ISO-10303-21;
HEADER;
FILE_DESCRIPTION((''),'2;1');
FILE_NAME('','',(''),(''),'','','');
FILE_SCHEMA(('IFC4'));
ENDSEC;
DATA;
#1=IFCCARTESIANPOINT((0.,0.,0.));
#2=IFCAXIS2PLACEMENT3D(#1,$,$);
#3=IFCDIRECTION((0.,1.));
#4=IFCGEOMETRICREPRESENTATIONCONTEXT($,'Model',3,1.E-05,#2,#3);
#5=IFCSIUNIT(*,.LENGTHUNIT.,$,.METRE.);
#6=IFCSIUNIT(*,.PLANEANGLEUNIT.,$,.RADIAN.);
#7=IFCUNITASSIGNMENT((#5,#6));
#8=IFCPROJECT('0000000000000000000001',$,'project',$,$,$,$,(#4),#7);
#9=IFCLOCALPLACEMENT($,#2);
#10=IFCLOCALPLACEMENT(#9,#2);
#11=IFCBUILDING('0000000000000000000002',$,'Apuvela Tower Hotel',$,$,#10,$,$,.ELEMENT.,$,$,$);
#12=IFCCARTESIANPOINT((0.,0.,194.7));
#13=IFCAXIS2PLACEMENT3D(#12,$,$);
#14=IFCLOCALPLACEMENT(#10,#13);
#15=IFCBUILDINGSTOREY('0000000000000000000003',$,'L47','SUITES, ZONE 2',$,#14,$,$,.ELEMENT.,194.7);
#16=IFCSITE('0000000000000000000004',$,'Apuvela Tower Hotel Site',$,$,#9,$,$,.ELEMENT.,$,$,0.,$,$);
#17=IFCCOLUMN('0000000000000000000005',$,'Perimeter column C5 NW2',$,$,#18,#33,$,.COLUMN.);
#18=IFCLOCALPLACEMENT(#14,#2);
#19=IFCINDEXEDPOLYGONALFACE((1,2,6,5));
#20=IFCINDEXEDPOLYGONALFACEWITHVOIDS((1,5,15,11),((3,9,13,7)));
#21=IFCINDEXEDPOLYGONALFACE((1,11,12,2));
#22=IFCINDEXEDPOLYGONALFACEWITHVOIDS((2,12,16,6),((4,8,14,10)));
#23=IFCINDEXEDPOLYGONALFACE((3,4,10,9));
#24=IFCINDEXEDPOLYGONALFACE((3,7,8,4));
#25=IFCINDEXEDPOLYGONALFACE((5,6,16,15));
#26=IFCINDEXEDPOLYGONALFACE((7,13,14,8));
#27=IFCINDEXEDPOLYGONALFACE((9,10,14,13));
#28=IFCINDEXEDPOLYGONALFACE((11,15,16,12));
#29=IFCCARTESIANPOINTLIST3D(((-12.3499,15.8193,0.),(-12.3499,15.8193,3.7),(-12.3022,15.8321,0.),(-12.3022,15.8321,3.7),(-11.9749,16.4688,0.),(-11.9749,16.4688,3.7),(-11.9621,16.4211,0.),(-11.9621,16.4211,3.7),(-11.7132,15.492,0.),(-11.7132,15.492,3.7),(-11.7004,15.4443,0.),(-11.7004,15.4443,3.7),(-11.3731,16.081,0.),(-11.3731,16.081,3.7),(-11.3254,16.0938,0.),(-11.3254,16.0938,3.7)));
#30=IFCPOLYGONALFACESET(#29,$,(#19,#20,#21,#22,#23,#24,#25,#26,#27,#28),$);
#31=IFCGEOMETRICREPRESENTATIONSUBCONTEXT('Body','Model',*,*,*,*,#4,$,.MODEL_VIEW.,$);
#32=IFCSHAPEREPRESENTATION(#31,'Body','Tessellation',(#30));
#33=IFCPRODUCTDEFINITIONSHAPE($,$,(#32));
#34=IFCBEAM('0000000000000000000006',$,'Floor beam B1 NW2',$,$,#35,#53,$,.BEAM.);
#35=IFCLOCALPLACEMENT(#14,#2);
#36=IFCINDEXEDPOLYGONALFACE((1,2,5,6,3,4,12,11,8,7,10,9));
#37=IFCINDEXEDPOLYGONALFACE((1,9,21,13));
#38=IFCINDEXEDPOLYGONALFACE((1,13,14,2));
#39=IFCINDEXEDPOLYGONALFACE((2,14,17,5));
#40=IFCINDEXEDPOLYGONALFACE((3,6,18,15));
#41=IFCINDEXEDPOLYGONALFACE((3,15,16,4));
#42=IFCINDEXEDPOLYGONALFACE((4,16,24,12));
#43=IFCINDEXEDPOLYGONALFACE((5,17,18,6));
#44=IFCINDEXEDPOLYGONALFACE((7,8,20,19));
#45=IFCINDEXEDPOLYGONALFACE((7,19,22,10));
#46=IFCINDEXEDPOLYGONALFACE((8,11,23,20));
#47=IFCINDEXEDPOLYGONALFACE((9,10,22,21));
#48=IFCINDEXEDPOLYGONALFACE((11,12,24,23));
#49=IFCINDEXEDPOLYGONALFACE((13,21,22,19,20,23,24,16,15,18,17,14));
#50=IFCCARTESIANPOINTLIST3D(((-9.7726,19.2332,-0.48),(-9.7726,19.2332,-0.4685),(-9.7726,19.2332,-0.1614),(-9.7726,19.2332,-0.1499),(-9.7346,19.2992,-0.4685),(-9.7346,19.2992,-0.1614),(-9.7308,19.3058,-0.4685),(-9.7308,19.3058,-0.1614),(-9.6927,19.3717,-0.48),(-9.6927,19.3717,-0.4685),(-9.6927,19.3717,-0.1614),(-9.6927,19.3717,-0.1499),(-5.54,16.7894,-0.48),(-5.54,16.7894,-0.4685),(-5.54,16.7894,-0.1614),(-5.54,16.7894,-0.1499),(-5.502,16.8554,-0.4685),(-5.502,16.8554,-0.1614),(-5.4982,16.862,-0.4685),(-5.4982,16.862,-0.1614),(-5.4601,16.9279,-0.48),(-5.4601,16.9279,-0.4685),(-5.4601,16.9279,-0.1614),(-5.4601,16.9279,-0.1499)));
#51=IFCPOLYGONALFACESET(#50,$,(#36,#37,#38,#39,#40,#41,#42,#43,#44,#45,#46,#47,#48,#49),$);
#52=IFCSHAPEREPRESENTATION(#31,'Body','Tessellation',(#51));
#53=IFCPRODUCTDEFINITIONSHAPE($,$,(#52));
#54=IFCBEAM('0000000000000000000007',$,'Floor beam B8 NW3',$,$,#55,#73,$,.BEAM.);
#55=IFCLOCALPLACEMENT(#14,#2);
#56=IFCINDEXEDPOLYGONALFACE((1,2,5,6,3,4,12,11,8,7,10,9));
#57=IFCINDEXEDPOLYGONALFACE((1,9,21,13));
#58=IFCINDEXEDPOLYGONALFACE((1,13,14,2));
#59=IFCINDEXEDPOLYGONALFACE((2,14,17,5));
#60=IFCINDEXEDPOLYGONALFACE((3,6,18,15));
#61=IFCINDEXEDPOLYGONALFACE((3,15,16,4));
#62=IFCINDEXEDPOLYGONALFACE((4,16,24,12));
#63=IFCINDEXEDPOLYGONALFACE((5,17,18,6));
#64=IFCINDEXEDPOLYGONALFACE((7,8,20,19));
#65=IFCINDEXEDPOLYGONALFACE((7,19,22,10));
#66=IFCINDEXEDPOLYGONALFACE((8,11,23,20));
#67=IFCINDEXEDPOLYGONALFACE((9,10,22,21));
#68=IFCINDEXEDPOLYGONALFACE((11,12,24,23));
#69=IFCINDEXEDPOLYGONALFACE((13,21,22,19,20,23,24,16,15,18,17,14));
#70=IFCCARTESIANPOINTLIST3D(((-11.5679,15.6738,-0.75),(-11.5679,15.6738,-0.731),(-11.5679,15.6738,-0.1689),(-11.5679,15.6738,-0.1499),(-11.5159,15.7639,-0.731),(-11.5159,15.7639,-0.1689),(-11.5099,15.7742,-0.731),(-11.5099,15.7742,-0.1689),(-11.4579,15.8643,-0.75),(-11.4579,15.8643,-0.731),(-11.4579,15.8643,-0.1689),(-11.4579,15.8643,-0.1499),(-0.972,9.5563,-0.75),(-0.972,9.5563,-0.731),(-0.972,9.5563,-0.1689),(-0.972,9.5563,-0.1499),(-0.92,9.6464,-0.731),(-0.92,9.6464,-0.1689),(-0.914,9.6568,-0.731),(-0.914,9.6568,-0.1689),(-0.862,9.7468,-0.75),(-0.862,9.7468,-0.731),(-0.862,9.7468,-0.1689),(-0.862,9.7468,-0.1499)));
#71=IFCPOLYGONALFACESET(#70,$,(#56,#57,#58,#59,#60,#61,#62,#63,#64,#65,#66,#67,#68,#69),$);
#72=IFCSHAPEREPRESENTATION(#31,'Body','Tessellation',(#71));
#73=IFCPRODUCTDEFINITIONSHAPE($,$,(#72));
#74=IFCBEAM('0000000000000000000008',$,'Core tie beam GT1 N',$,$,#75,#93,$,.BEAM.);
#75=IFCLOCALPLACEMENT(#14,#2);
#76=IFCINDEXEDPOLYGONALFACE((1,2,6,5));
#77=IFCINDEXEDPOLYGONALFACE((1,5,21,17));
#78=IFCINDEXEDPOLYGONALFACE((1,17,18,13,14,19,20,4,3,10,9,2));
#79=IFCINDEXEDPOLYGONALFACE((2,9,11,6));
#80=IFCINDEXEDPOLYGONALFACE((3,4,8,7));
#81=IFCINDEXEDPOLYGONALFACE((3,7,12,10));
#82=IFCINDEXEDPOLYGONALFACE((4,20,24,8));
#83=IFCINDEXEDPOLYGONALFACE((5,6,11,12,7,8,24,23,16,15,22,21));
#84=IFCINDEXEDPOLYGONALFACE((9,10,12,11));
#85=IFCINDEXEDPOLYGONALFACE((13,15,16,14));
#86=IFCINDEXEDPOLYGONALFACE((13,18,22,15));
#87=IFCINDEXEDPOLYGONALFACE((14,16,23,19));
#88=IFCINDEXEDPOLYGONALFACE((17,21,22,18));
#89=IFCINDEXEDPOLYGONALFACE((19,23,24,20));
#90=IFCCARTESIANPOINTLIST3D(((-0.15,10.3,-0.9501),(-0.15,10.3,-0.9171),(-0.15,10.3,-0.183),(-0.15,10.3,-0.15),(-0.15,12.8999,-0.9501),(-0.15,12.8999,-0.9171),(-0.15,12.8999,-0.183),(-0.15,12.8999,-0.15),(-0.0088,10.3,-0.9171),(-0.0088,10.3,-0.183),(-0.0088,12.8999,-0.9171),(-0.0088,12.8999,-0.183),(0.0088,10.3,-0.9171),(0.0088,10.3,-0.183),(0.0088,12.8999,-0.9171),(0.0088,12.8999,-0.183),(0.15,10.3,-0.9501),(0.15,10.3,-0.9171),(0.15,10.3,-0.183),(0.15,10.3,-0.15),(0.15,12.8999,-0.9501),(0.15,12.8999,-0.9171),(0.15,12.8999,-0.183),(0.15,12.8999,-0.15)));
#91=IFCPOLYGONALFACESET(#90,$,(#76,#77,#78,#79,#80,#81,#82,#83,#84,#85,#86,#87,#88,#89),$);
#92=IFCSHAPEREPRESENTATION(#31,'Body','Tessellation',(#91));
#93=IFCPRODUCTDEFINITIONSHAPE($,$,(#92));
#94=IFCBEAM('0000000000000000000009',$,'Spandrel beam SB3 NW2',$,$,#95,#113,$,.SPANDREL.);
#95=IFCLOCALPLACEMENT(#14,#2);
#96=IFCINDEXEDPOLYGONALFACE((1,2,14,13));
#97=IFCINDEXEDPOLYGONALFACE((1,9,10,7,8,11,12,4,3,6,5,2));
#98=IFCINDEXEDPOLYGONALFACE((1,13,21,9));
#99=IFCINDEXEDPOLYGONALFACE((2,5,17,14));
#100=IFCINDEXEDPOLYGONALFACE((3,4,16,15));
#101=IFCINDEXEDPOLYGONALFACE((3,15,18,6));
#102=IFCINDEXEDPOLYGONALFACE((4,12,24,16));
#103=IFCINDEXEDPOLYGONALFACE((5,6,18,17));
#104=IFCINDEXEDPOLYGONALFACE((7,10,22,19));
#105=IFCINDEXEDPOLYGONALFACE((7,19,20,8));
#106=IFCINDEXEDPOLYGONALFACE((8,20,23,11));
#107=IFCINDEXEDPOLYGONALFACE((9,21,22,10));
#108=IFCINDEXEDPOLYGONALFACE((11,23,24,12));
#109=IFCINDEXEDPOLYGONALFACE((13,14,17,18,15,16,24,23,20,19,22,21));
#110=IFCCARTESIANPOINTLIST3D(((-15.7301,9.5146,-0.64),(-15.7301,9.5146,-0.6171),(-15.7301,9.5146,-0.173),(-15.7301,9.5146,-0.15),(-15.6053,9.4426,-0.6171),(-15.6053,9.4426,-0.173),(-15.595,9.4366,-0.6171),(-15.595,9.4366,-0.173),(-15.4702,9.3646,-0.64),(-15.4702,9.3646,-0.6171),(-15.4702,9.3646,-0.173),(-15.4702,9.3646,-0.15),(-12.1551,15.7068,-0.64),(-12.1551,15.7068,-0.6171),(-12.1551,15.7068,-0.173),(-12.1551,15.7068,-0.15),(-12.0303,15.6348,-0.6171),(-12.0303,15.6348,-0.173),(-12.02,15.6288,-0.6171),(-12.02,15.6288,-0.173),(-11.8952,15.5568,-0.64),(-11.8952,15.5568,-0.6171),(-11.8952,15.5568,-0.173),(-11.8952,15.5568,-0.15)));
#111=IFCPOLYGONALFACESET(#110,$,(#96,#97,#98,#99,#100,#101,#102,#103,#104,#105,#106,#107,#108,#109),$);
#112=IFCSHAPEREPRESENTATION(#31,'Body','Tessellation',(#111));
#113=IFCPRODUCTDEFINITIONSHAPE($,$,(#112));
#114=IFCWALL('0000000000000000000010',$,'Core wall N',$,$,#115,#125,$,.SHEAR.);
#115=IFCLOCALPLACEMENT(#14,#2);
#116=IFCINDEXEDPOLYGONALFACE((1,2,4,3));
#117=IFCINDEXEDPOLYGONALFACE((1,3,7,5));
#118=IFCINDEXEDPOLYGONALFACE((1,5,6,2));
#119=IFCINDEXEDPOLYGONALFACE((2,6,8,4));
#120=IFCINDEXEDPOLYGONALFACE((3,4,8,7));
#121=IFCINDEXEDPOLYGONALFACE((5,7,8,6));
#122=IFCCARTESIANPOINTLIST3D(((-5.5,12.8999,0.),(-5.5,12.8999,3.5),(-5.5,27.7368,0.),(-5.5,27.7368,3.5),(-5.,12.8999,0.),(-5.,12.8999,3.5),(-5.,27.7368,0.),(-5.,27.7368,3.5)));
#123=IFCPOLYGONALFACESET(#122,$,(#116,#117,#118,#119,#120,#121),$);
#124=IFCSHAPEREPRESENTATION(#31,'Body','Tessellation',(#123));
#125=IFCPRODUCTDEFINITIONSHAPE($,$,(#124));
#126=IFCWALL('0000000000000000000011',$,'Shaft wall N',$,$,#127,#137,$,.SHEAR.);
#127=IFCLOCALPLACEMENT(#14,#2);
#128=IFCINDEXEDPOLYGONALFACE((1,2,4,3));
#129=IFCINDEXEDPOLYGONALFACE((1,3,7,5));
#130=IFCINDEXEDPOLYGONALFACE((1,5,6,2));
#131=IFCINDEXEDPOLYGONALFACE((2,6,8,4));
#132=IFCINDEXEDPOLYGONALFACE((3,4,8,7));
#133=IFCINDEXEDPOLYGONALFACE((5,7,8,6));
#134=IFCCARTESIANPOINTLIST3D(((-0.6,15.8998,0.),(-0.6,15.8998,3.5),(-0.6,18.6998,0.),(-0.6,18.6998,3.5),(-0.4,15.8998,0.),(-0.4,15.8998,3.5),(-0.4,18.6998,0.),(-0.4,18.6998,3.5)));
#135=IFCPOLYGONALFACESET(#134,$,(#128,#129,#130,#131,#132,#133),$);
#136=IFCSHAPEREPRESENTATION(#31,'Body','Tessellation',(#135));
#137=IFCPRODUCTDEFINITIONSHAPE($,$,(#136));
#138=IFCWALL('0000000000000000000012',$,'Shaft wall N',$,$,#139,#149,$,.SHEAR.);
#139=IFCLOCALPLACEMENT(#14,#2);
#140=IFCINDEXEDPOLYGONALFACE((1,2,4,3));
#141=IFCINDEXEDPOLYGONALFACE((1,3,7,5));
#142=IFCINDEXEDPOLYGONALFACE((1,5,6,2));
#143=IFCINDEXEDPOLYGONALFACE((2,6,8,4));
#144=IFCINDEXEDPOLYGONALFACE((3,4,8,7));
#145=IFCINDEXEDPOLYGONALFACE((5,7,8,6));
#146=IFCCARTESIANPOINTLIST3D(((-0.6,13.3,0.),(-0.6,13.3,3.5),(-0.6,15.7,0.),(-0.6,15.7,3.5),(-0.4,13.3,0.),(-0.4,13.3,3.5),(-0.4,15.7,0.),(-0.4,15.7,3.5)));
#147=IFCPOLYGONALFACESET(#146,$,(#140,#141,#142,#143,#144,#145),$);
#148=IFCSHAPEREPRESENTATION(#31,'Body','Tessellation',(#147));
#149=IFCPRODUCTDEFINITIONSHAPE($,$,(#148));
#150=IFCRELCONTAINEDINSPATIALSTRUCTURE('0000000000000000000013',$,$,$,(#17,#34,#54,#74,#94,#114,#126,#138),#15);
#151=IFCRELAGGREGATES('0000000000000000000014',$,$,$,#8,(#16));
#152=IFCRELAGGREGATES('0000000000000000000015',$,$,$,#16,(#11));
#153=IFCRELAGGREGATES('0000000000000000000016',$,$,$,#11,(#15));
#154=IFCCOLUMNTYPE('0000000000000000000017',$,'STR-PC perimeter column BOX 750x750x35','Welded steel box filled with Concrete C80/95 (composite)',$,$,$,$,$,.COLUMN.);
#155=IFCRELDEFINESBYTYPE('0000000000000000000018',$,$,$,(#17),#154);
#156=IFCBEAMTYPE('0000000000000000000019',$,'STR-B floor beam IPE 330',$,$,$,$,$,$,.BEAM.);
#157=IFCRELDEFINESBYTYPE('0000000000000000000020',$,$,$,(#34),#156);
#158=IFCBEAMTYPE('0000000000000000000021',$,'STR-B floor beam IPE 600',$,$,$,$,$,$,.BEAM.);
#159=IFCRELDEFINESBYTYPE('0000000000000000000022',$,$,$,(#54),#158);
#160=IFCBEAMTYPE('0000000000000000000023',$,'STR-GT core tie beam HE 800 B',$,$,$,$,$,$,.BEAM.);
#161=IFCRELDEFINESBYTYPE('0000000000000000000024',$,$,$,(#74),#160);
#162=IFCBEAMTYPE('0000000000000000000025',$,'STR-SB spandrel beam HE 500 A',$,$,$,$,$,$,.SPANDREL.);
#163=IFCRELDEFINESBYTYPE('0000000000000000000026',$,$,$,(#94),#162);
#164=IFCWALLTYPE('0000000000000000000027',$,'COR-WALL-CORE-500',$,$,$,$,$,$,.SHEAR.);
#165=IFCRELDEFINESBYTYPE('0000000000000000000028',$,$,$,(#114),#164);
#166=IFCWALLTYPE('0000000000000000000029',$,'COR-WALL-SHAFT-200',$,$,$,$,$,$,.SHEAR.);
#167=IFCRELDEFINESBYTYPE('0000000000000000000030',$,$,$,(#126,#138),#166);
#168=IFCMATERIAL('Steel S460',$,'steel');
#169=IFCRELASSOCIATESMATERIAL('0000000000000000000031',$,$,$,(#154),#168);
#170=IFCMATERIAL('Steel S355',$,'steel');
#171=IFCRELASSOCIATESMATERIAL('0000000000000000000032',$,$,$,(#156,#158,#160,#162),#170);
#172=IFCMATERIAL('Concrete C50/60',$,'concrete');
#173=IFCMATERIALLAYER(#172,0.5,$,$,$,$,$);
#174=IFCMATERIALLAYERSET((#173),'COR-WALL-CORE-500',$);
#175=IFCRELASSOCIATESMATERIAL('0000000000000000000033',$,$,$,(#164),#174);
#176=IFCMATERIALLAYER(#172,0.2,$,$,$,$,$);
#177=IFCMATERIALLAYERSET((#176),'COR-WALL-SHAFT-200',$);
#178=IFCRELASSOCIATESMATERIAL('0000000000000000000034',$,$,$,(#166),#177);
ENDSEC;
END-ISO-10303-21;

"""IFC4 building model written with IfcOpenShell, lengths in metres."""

from ifc_helpers import new_model, si_unit, direction, frame, frame_2d, origin, origin_2d, place, context, subcontext, project, spatial, rectangle, hollow_rectangle, i_section, extrude, material, layer, layer_set, material_profile, profile_set, type_object, element, save


model = new_model("IFC4")

# Units and contexts
model_context = context("Model", 3, precision=1e-05, world=origin(), true_north=direction((0.0, 1.0)))
body_context = subcontext(model_context, "Body", "Model", "MODEL_VIEW")
ifc_project = project(units=[si_unit("LENGTHUNIT", "METRE"), si_unit("PLANEANGLEUNIT", "RADIAN")], contexts=[model_context])

# Site, building, storey
site_placement = place(None, origin())
site = spatial("IfcSite", under=ifc_project, at=site_placement, Name="Apuvela Tower Hotel Site", CompositionType="ELEMENT", RefElevation=0.0)
building_placement = place(site_placement, origin())
building = spatial("IfcBuilding", under=site, at=building_placement, Name="Apuvela Tower Hotel", CompositionType="ELEMENT")
storey_placement = place(building_placement, frame((0.0, 0.0, 194.7)))
storey = spatial("IfcBuildingStorey", under=building, at=storey_placement, Name="L47", Description="SUITES, ZONE 2", CompositionType="ELEMENT", Elevation=194.7)

# Column
ifc_material_1 = material(Name="Steel S460", Category="steel")
ifc_material_profile_1 = material_profile(ifc_material_1, hollow_rectangle(XDim=0.75, YDim=0.75, WallThickness=0.0349, at=origin_2d()), Name="BOX 750x750x35")
ifc_material_2 = material(Name="Concrete C80/95", Category="concrete")
ifc_material_profile_2 = material_profile(ifc_material_2, rectangle(XDim=0.6799, YDim=0.6799, at=origin_2d()), Name="Concrete C80/95 infill")
ifc_profile_set_1 = profile_set([ifc_material_profile_1, ifc_material_profile_2], Name="Steel S460")
column_type = type_object("IfcColumnType", Name="STR-PC perimeter column BOX 750x750x35", Description="Welded steel box filled with Concrete C80/95 (composite)", PredefinedType="COLUMN", material=ifc_profile_set_1)
column_placement = place(storey_placement, frame((-11.8376, 15.9565, 0.0), z_axis=(0.0, 0.0, 1.0), x_axis=(0.5, 0.866025, 0.0)))
element("IfcColumn", 1, at=column_placement, inside=storey, type_object=column_type, Name="Perimeter column C5 NW2", PredefinedType="COLUMN", context=body_context, shape_type="SweptSolid", body=[
    extrude(hollow_rectangle(XDim=0.75, YDim=0.75, WallThickness=0.0349, at=origin_2d()), origin(), (0.0, 0.0, 1.0), 3.7),
])

# Beams
ifc_material_3 = material(Name="Steel S355", Category="steel")
ifc_material_profile_3 = material_profile(ifc_material_3, i_section(OverallWidth=0.1599, OverallDepth=0.3301, WebThickness=0.0076, FlangeThickness=0.0115, at=origin_2d()), Name="IPE 330")
ifc_profile_set_2 = profile_set([ifc_material_profile_3], Name="Steel S355")
beam_type_1 = type_object("IfcBeamType", Name="STR-B floor beam IPE 330", PredefinedType="BEAM", material=ifc_profile_set_2)
beam_1_placement = place(storey_placement, frame((-9.7327, 19.3025, -0.3149), z_axis=(0.866015, -0.500018, 0.0), x_axis=(0.500018, 0.866015, 0.0)))
element("IfcBeam", 2, at=beam_1_placement, inside=storey, type_object=beam_type_1, Name="Floor beam B1 NW2", PredefinedType="BEAM", context=body_context, shape_type="SweptSolid", body=[
    extrude(i_section(OverallWidth=0.1599, OverallDepth=0.3301, WebThickness=0.0076, FlangeThickness=0.0115, at=origin_2d()), origin(), (0.0, 0.0, 1.0), 4.8875),
])
ifc_material_profile_4 = material_profile(ifc_material_3, i_section(OverallWidth=0.22, OverallDepth=0.6001, WebThickness=0.012, FlangeThickness=0.019, at=origin_2d()), Name="IPE 600")
ifc_profile_set_3 = profile_set([ifc_material_profile_4], Name="Steel S355")
beam_type_2 = type_object("IfcBeamType", Name="STR-B floor beam IPE 600", PredefinedType="BEAM", material=ifc_profile_set_3)
beam_2_placement = place(storey_placement, frame((-11.5129, 15.769, -0.45), z_axis=(0.86603, -0.499991, 0.0), x_axis=(0.499991, 0.86603, 0.0)))
element("IfcBeam", 3, at=beam_2_placement, inside=storey, type_object=beam_type_2, Name="Floor beam B8 NW3", PredefinedType="BEAM", context=body_context, shape_type="SweptSolid", body=[
    extrude(i_section(OverallWidth=0.22, OverallDepth=0.6001, WebThickness=0.012, FlangeThickness=0.019, at=origin_2d()), origin(), (0.0, 0.0, 1.0), 12.2351),
])
ifc_material_profile_5 = material_profile(ifc_material_3, i_section(OverallWidth=0.3, OverallDepth=0.8, WebThickness=0.0176, FlangeThickness=0.033, at=origin_2d()), Name="HE 800 B")
ifc_profile_set_4 = profile_set([ifc_material_profile_5], Name="Steel S355")
beam_type_3 = type_object("IfcBeamType", Name="STR-GT core tie beam HE 800 B", PredefinedType="BEAM", material=ifc_profile_set_4)
beam_3_placement = place(storey_placement, frame((0.0, 12.8999, -0.55), z_axis=(0.0, -1.0, 0.0), x_axis=(1.0, 0.0, 0.0)))
element("IfcBeam", 4, at=beam_3_placement, inside=storey, type_object=beam_type_3, Name="Core tie beam GT1 N", PredefinedType="BEAM", context=body_context, shape_type="SweptSolid", body=[
    extrude(i_section(OverallWidth=0.3, OverallDepth=0.8, WebThickness=0.0176, FlangeThickness=0.033, at=origin_2d()), origin(), (0.0, 0.0, 1.0), 2.5999),
])
ifc_material_profile_6 = material_profile(ifc_material_3, i_section(OverallWidth=0.3, OverallDepth=0.49, WebThickness=0.012, FlangeThickness=0.0229, at=origin_2d()), Name="HE 500 A")
ifc_profile_set_5 = profile_set([ifc_material_profile_6], Name="Steel S355")
beam_type_4 = type_object("IfcBeamType", Name="STR-SB spandrel beam HE 500 A", PredefinedType="SPANDREL", material=ifc_profile_set_5)
beam_4_placement = place(storey_placement, frame((-12.0251, 15.6318, -0.395), z_axis=(-0.499991, -0.86603, 0.0), x_axis=(0.86603, -0.499991, 0.0)))
element("IfcBeam", 5, at=beam_4_placement, inside=storey, type_object=beam_type_4, Name="Spandrel beam SB3 NW2", PredefinedType="SPANDREL", context=body_context, shape_type="SweptSolid", body=[
    extrude(i_section(OverallWidth=0.3, OverallDepth=0.49, WebThickness=0.012, FlangeThickness=0.0229, at=origin_2d()), origin(), (0.0, 0.0, 1.0), 7.1501),
])

# Walls
ifc_material_4 = material(Name="Concrete C50/60", Category="concrete")
ifc_layer_1 = layer(ifc_material_4, 0.5)
ifc_layer_set_1 = layer_set([ifc_layer_1], Name="COR-WALL-CORE-500")
wall_type_1 = type_object("IfcWallType", Name="COR-WALL-CORE-500", PredefinedType="SHEAR", material=ifc_layer_set_1)
wall_1_placement = place(storey_placement, frame((-5.25, 12.8999, 0.0), z_axis=(0.0, 0.0, 1.0), x_axis=(0.0, 1.0, 0.0)))
element("IfcWall", 6, at=wall_1_placement, inside=storey, type_object=wall_type_1, Name="Core wall N", PredefinedType="SHEAR", context=body_context, shape_type="SweptSolid", body=[
    extrude(rectangle(XDim=14.8369, YDim=0.5, at=frame_2d((7.4185, 0.0))), origin(), (0.0, 0.0, 1.0), 3.5),
])
ifc_layer_2 = layer(ifc_material_4, 0.2)
ifc_layer_set_2 = layer_set([ifc_layer_2], Name="COR-WALL-SHAFT-200")
wall_type_2 = type_object("IfcWallType", Name="COR-WALL-SHAFT-200", PredefinedType="SHEAR", material=ifc_layer_set_2)
wall_2_placement = place(storey_placement, frame((-0.5, 15.8999, 0.0), z_axis=(0.0, 0.0, 1.0), x_axis=(0.0, 1.0, 0.0)))
element("IfcWall", 7, at=wall_2_placement, inside=storey, type_object=wall_type_2, Name="Shaft wall N", PredefinedType="SHEAR", context=body_context, shape_type="SweptSolid", body=[
    extrude(rectangle(XDim=2.8, YDim=0.2, at=frame_2d((1.3999, 0.0))), origin(), (0.0, 0.0, 1.0), 3.5),
])
wall_3_placement = place(storey_placement, frame((-0.5, 13.3, 0.0), z_axis=(0.0, 0.0, 1.0), x_axis=(0.0, 1.0, 0.0)))
element("IfcWall", 8, at=wall_3_placement, inside=storey, type_object=wall_type_2, Name="Shaft wall N", PredefinedType="SHEAR", context=body_context, shape_type="SweptSolid", body=[
    extrude(rectangle(XDim=2.3999, YDim=0.2, at=frame_2d((1.2, 0.0))), origin(), (0.0, 0.0, 1.0), 3.5),
])

save(model, "model.ifc")
